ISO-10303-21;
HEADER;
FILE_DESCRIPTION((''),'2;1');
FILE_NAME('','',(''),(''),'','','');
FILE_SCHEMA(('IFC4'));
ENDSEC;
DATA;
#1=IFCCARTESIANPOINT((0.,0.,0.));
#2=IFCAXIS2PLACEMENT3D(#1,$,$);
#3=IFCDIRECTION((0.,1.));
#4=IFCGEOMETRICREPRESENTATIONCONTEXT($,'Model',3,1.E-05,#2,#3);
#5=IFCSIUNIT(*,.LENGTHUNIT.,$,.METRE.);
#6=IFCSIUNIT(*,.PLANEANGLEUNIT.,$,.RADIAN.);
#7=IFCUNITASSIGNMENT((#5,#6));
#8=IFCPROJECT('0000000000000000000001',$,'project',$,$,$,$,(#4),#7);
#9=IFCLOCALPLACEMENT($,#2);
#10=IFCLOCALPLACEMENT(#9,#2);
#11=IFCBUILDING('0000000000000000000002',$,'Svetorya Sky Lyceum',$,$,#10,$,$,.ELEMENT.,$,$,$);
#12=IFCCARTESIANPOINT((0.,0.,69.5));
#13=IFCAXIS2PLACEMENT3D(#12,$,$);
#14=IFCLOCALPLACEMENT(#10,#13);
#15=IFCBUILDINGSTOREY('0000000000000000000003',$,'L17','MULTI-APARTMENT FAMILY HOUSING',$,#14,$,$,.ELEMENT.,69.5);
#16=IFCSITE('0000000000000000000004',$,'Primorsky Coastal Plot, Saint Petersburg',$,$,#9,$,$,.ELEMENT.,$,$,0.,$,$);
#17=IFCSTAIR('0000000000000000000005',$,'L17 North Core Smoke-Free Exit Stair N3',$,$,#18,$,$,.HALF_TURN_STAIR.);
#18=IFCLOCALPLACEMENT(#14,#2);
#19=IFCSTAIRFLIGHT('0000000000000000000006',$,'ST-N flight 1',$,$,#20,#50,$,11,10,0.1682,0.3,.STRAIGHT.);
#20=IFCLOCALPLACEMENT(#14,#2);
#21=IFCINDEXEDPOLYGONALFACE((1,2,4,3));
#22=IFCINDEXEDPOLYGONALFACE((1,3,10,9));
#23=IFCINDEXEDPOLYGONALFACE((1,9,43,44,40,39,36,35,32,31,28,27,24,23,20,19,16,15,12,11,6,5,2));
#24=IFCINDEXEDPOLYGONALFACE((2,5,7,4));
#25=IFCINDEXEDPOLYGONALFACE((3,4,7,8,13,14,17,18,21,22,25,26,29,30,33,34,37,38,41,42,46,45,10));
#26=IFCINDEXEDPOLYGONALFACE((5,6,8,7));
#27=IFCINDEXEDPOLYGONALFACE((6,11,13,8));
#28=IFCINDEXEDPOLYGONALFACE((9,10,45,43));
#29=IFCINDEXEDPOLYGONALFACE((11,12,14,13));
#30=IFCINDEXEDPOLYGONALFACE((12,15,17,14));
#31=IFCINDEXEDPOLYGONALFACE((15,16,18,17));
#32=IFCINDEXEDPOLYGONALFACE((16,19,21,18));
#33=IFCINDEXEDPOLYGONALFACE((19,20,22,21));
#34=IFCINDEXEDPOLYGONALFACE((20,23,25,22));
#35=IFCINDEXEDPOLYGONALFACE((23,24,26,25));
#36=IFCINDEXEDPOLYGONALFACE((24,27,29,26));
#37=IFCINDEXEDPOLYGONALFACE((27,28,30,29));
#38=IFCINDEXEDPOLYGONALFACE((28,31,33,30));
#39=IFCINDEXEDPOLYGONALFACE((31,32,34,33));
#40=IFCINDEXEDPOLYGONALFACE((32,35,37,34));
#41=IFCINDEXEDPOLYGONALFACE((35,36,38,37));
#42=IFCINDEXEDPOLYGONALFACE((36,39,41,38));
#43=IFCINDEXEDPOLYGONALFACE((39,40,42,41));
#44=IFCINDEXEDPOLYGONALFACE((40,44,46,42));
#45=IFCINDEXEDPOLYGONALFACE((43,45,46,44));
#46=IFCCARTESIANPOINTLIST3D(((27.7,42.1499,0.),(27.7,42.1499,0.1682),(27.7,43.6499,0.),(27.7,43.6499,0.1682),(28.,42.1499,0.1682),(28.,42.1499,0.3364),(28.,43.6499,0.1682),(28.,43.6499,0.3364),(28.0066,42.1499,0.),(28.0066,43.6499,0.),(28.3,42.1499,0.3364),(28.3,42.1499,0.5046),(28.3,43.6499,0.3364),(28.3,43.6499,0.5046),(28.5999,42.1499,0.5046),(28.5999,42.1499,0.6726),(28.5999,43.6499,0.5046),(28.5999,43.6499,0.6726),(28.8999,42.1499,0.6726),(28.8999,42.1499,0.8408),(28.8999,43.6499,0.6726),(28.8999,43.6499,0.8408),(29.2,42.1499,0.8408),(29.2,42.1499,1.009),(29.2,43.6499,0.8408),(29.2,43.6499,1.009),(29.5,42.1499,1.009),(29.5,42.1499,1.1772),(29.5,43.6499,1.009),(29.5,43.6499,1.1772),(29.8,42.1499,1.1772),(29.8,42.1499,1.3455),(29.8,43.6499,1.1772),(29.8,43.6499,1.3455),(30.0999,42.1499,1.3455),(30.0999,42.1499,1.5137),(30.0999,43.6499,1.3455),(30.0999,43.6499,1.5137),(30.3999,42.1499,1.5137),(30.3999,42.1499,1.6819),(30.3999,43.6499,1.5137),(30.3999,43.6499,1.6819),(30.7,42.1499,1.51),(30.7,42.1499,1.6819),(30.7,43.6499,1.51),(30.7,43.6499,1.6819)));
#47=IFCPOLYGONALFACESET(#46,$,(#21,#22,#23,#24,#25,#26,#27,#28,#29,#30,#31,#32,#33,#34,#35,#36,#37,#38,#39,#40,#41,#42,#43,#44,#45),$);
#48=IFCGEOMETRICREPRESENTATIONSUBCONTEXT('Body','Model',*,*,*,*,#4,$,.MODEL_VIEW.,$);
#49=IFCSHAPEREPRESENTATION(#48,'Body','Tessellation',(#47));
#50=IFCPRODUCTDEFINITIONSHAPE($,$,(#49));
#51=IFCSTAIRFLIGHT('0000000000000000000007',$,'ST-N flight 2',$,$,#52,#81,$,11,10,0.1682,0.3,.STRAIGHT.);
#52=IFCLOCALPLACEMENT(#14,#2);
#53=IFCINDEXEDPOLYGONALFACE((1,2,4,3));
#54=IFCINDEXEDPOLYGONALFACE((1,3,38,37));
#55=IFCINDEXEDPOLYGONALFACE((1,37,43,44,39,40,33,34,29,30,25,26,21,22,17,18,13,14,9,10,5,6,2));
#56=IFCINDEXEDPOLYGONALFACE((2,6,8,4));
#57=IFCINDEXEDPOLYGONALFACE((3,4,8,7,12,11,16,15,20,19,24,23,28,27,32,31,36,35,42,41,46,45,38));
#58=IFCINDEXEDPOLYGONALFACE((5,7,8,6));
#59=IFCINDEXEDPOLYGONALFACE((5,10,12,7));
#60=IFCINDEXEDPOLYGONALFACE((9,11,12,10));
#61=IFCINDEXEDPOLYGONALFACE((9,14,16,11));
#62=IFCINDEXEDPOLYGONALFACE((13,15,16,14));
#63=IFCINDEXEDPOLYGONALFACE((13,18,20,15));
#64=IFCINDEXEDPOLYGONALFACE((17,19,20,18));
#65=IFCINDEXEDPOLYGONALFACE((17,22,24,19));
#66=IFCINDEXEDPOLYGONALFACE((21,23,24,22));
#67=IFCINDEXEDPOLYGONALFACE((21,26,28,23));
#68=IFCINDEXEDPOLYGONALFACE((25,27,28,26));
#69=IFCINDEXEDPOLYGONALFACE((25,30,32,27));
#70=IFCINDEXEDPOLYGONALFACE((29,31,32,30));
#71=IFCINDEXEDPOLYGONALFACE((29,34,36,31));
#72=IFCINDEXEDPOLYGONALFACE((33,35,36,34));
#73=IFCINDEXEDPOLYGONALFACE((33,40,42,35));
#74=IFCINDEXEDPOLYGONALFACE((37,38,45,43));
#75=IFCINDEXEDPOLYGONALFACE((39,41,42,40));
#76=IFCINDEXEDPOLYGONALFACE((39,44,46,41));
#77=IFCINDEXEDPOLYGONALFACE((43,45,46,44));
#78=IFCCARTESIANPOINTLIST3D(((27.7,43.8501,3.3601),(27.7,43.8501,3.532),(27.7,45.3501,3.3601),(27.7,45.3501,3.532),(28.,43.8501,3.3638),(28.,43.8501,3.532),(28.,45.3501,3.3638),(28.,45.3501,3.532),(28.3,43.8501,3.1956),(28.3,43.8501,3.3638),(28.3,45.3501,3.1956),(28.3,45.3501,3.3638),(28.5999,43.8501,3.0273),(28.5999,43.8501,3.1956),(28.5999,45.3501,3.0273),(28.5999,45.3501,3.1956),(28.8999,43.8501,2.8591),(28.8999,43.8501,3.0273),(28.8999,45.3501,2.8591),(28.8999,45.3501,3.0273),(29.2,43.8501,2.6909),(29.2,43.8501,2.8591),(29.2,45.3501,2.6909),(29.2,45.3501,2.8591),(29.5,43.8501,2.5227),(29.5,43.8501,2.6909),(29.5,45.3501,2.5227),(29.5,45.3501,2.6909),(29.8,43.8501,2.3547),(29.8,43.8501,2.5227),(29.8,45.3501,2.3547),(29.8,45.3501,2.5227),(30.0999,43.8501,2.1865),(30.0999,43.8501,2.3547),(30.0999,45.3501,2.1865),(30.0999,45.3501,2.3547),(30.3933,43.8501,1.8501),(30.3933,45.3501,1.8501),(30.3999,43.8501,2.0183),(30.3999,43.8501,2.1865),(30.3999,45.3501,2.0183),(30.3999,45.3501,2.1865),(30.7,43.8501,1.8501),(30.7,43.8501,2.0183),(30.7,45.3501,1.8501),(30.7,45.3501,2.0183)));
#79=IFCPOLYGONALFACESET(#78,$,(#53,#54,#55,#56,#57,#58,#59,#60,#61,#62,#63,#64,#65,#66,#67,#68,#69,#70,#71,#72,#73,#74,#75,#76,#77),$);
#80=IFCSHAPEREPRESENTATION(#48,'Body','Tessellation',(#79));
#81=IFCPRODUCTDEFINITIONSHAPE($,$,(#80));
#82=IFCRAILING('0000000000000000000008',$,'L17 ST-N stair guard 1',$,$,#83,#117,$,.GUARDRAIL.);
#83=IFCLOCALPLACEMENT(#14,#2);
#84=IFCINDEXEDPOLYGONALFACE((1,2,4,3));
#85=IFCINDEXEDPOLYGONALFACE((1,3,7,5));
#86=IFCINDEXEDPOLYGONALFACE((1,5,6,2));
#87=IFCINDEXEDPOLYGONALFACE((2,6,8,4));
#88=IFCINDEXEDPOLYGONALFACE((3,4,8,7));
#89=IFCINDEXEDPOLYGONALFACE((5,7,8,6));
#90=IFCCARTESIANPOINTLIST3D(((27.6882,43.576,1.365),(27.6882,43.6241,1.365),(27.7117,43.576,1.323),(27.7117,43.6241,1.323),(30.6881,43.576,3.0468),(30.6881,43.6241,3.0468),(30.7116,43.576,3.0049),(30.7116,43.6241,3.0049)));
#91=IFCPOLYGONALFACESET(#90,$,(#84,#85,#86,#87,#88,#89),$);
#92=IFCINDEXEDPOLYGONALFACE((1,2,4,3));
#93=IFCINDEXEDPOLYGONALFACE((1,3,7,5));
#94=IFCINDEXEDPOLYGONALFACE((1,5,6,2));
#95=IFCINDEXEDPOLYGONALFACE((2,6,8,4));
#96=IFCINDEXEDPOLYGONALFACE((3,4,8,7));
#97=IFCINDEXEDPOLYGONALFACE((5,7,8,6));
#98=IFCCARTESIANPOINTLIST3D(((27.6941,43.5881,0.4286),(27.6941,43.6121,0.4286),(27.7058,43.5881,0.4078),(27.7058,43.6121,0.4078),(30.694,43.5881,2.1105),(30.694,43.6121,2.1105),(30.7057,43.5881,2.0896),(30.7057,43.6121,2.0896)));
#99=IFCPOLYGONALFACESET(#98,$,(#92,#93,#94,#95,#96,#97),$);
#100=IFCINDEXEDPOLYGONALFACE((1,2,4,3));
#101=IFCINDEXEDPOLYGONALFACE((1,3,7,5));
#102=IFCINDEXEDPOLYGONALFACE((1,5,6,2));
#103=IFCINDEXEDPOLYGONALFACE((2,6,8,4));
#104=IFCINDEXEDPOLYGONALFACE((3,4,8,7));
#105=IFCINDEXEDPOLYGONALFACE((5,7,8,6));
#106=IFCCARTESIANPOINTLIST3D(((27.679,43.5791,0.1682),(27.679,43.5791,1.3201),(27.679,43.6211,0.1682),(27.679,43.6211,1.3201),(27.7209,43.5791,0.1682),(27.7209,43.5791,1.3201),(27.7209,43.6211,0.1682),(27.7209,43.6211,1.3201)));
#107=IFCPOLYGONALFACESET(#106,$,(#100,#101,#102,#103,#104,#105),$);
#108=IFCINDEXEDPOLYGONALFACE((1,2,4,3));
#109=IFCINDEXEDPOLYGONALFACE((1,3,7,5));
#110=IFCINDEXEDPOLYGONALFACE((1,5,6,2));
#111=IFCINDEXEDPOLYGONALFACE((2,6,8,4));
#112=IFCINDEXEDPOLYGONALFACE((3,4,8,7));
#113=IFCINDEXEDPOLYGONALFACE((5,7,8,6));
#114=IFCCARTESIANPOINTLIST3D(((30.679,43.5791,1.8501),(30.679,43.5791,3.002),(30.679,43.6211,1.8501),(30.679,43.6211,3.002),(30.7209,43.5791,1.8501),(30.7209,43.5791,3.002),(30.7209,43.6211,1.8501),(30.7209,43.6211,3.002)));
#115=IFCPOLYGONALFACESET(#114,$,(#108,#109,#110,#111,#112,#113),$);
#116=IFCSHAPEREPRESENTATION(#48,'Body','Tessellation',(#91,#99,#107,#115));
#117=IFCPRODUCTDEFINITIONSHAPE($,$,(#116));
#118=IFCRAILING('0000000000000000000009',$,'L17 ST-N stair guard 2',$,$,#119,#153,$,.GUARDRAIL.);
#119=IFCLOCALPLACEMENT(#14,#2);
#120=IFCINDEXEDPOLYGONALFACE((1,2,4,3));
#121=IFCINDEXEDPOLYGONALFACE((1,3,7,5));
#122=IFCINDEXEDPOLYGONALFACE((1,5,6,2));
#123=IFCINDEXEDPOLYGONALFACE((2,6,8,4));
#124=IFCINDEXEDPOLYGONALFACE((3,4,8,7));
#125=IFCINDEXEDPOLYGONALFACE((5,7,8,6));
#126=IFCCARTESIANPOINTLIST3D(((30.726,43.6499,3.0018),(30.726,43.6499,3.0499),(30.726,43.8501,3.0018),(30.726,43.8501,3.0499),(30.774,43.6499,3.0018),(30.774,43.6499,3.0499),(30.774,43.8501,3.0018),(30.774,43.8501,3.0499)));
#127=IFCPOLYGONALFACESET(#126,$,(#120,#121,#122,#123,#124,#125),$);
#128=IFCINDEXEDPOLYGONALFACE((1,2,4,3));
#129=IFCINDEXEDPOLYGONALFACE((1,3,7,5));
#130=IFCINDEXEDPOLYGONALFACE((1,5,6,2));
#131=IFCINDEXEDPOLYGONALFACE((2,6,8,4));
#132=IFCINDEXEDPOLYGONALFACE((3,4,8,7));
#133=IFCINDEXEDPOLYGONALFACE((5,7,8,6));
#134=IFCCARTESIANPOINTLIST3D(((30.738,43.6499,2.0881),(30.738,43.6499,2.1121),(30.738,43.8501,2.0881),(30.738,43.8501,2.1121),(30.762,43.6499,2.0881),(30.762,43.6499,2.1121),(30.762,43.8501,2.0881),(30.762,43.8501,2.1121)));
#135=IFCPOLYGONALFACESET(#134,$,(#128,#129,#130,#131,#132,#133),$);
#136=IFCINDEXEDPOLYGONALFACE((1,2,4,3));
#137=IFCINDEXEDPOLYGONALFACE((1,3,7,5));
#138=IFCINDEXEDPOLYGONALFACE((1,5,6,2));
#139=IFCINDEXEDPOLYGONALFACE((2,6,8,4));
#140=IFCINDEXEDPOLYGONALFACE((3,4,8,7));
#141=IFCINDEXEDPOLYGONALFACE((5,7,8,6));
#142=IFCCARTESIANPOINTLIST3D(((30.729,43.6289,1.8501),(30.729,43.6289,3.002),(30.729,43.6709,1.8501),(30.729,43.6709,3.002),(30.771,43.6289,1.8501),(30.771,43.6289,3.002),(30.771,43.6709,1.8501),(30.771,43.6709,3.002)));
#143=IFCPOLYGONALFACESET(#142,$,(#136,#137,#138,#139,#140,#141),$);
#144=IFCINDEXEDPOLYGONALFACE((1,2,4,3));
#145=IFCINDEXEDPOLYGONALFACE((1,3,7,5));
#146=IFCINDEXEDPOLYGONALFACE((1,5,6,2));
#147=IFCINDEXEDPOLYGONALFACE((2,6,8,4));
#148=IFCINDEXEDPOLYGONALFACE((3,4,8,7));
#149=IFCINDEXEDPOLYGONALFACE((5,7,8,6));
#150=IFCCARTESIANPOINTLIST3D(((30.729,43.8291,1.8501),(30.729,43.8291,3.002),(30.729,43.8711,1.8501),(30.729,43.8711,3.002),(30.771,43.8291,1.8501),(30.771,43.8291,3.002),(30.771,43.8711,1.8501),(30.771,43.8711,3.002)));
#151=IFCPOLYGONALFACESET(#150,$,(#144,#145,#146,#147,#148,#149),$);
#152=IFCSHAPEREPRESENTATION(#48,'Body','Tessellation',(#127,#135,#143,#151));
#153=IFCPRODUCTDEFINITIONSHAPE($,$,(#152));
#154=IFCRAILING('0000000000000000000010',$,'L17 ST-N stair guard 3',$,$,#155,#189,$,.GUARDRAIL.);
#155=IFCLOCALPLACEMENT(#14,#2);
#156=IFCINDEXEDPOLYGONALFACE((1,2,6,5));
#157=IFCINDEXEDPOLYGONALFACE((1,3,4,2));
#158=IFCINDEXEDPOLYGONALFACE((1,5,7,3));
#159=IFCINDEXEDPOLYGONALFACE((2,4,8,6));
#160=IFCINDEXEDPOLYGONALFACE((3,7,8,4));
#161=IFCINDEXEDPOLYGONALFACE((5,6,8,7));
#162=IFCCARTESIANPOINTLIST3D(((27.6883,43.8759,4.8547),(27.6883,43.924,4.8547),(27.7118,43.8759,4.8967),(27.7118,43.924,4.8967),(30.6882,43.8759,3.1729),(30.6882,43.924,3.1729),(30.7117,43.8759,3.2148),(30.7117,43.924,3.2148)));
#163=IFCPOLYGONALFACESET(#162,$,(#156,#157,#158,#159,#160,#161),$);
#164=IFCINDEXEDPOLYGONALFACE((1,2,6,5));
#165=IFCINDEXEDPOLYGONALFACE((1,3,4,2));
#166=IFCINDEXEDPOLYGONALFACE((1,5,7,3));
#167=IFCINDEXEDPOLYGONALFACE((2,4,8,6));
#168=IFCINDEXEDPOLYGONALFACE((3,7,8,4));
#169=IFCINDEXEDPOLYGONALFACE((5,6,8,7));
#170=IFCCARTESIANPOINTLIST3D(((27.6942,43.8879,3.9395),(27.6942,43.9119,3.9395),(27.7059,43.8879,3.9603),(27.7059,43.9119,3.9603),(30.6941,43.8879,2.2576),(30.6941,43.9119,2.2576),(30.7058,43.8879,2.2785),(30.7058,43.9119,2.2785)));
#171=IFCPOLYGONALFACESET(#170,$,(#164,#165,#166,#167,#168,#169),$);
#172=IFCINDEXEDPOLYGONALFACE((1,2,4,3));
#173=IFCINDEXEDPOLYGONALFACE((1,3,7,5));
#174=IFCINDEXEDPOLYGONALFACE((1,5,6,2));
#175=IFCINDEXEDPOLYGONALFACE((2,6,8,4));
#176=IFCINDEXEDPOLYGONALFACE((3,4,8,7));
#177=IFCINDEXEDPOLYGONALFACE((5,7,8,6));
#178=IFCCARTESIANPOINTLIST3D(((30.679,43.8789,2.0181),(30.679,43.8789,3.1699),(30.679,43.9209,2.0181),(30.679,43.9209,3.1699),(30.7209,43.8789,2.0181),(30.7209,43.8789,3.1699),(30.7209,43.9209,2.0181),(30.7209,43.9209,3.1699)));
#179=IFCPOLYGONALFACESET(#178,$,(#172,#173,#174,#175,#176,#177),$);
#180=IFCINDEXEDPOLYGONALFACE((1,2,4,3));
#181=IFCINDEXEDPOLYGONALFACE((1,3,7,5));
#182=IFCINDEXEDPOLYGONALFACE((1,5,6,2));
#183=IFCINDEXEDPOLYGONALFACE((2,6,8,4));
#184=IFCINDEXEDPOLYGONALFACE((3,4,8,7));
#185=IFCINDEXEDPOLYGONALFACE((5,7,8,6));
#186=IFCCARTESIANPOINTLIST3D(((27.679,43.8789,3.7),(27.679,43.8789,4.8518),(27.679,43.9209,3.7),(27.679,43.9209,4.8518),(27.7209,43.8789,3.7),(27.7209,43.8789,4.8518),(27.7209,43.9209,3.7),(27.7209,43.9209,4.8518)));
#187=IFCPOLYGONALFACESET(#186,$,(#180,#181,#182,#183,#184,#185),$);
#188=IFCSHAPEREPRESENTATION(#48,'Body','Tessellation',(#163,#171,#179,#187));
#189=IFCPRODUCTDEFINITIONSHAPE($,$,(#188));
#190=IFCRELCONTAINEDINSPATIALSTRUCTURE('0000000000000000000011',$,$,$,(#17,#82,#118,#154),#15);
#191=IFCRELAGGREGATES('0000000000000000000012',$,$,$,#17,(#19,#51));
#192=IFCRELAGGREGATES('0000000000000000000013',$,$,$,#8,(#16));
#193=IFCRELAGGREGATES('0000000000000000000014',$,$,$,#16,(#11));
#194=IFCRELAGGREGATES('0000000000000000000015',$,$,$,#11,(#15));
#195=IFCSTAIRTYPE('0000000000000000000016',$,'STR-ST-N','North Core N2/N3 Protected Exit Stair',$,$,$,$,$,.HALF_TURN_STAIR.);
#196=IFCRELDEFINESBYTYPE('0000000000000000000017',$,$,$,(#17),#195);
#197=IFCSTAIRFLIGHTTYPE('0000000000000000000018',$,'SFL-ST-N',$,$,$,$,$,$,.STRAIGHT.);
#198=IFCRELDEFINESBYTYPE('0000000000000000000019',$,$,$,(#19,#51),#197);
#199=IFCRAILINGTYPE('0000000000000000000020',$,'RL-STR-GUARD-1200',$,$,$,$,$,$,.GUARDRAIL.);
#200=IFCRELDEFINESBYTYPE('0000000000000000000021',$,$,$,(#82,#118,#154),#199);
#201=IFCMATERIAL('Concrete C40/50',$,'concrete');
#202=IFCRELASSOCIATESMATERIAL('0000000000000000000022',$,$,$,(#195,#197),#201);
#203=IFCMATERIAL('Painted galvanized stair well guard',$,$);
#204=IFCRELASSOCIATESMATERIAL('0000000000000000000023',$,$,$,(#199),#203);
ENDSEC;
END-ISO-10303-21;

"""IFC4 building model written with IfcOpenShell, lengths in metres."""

from ifc_helpers import new_model, si_unit, direction, frame, origin, origin_2d, place, context, subcontext, project, spatial, polyline, rectangle, outline, extrude, material, type_object, element, aggregate, save


model = new_model("IFC4")

# Units and contexts
model_context = context("Model", 3, precision=1e-05, world=origin(), true_north=direction((0.0, 1.0)))
body_context = subcontext(model_context, "Body", "Model", "MODEL_VIEW")
ifc_project = project(units=[si_unit("LENGTHUNIT", "METRE"), si_unit("PLANEANGLEUNIT", "RADIAN")], contexts=[model_context])

# Site, building, storey
site_placement = place(None, origin())
site = spatial("IfcSite", under=ifc_project, at=site_placement, Name="Primorsky Coastal Plot, Saint Petersburg", CompositionType="ELEMENT", RefElevation=0.0)
building_placement = place(site_placement, origin())
building = spatial("IfcBuilding", under=site, at=building_placement, Name="Svetorya Sky Lyceum", CompositionType="ELEMENT")
storey_placement = place(building_placement, frame((0.0, 0.0, 69.5)))
storey = spatial("IfcBuildingStorey", under=building, at=storey_placement, Name="L17", Description="MULTI-APARTMENT FAMILY HOUSING", CompositionType="ELEMENT", Elevation=69.5)

# Shared definitions
ifc_material_1 = material(Name="Concrete C40/50", Category="concrete")

# Stair, stair flights
stair_type = type_object("IfcStairType", Name="STR-ST-N", Description="North Core N2/N3 Protected Exit Stair", PredefinedType="HALF_TURN_STAIR", material=ifc_material_1)
stair_placement = place(storey_placement, origin())
stair = element("IfcStair", 1, at=stair_placement, inside=storey, type_object=stair_type, Name="L17 North Core Smoke-Free Exit Stair N3", PredefinedType="HALF_TURN_STAIR")
stair_flight_type = type_object("IfcStairFlightType", Name="SFL-ST-N", PredefinedType="STRAIGHT", material=ifc_material_1)
stair_flight_1_placement = place(storey_placement, frame((27.7, 42.8999, 0.0), z_axis=(0.0, 0.0, 1.0), x_axis=(1.0, 0.0, 0.0)))
stair_flight_1 = element("IfcStairFlight", 2, at=stair_flight_1_placement, type_object=stair_flight_type, Name="ST-N flight 1", NumberOfRisers=11, NumberOfTreads=10, PredefinedType="STRAIGHT", RiserHeight=0.1682, TreadLength=0.3, context=body_context, shape_type="SweptSolid", body=[
    extrude(outline(polyline([(0.0, 0.0), (0.0, 0.1682), (0.3, 0.1682), (0.3, 0.3364), (0.6001, 0.3364), (0.6001, 0.5046), (0.8999, 0.5046), (0.8999, 0.6726), (1.2, 0.6726), (1.2, 0.8408), (1.5, 0.8408), (1.5, 1.009), (1.8, 1.009), (1.8, 1.1772), (2.1001, 1.1772), (2.1001, 1.3455), (2.3999, 1.3455), (2.3999, 1.5137), (2.7, 1.5137), (2.7, 1.6819), (3.0, 1.6819), (3.0, 1.8501), (3.0, 1.51), (0.3066, 0.0), (0.0, 0.0)])), frame((0.0, 0.75, 0.0), z_axis=(0.0, -1.0, 0.0), x_axis=(1.0, 0.0, 0.0)), (0.0, 0.0, 1.0), 1.5),
])
stair_flight_2_placement = place(storey_placement, frame((30.7, 44.6001, 1.8501), z_axis=(0.0, 0.0, 1.0), x_axis=(-1.0, 0.0, 0.0)))
stair_flight_2 = element("IfcStairFlight", 3, at=stair_flight_2_placement, type_object=stair_flight_type, Name="ST-N flight 2", NumberOfRisers=11, NumberOfTreads=10, PredefinedType="STRAIGHT", RiserHeight=0.1682, TreadLength=0.3, context=body_context, shape_type="SweptSolid", body=[
    extrude(outline(polyline([(0.0, 0.0), (0.0, 0.1682), (0.3, 0.1682), (0.3, 0.3364), (0.6001, 0.3364), (0.6001, 0.5046), (0.8999, 0.5046), (0.8999, 0.6726), (1.2, 0.6726), (1.2, 0.8408), (1.5, 0.8408), (1.5, 1.009), (1.8, 1.009), (1.8, 1.1772), (2.1001, 1.1772), (2.1001, 1.3455), (2.3999, 1.3455), (2.3999, 1.5137), (2.7, 1.5137), (2.7, 1.6819), (3.0, 1.6819), (3.0, 1.8501), (3.0, 1.51), (0.3066, 0.0), (0.0, 0.0)])), frame((0.0, 0.75, 0.0), z_axis=(0.0, -1.0, 0.0), x_axis=(1.0, 0.0, 0.0)), (0.0, 0.0, 1.0), 1.5),
])
aggregate(stair, [stair_flight_1, stair_flight_2])

# Railings
ifc_material_2 = material(Name="Painted galvanized stair well guard")
railing_type_1 = type_object("IfcRailingType", Name="RL-STR-GUARD-1200", PredefinedType="GUARDRAIL", material=ifc_material_2)
railing_1_placement = place(storey_placement, frame((27.7, 43.6001, 0.1682)))
element("IfcRailing", 4, at=railing_1_placement, inside=storey, type_object=railing_type_1, Name="L17 ST-N stair guard 1", PredefinedType="GUARDRAIL", context=body_context, shape_type="SweptSolid", body=[
    extrude(rectangle(XDim=0.0481, YDim=0.0481, at=origin_2d()), frame((0.0, 0.0, 1.1758), z_axis=(0.872272, 0.0, 0.48902), x_axis=(0.0, 1.0, 0.0)), (0.0, 0.0, 1.0), 3.4392),
    extrude(rectangle(XDim=0.0239, YDim=0.0239, at=origin_2d()), frame((0.0, 0.0, 0.25), z_axis=(0.872272, 0.0, 0.48902), x_axis=(0.0, 1.0, 0.0)), (0.0, 0.0, 1.0), 3.4392),
    extrude(rectangle(XDim=0.042, YDim=0.042, at=origin_2d()), origin(), (0.0, 0.0, 1.0), 1.1519),
    extrude(rectangle(XDim=0.042, YDim=0.042, at=origin_2d()), frame((3.0, 0.0, 1.6819)), (0.0, 0.0, 1.0), 1.1519),
])
railing_2_placement = place(storey_placement, frame((30.75, 43.6499, 1.8501)))
element("IfcRailing", 5, at=railing_2_placement, inside=storey, type_object=railing_type_1, Name="L17 ST-N stair guard 2", PredefinedType="GUARDRAIL", context=body_context, shape_type="SweptSolid", body=[
    extrude(rectangle(XDim=0.0481, YDim=0.0481, at=origin_2d()), frame((0.0, 0.0, 1.1758), z_axis=(0.0, 1.0, 0.0), x_axis=(-1.0, 0.0, 0.0)), (0.0, 0.0, 1.0), 0.2002),
    extrude(rectangle(XDim=0.0239, YDim=0.0239, at=origin_2d()), frame((0.0, 0.0, 0.25), z_axis=(0.0, 1.0, 0.0), x_axis=(-1.0, 0.0, 0.0)), (0.0, 0.0, 1.0), 0.2002),
    extrude(rectangle(XDim=0.042, YDim=0.042, at=origin_2d()), origin(), (0.0, 0.0, 1.0), 1.1519),
    extrude(rectangle(XDim=0.042, YDim=0.042, at=origin_2d()), frame((0.0, 0.2002, 0.0)), (0.0, 0.0, 1.0), 1.1519),
])
railing_3_placement = place(storey_placement, frame((30.7, 43.8999, 2.0181)))
element("IfcRailing", 6, at=railing_3_placement, inside=storey, type_object=railing_type_1, Name="L17 ST-N stair guard 3", PredefinedType="GUARDRAIL", context=body_context, shape_type="SweptSolid", body=[
    extrude(rectangle(XDim=0.0481, YDim=0.0481, at=origin_2d()), frame((0.0, 0.0, 1.1758), z_axis=(-0.872272, 0.0, 0.48902), x_axis=(0.0, -1.0, 0.0)), (0.0, 0.0, 1.0), 3.4392),
    extrude(rectangle(XDim=0.0239, YDim=0.0239, at=origin_2d()), frame((0.0, 0.0, 0.25), z_axis=(-0.872272, 0.0, 0.48902), x_axis=(0.0, -1.0, 0.0)), (0.0, 0.0, 1.0), 3.4392),
    extrude(rectangle(XDim=0.042, YDim=0.042, at=origin_2d()), origin(), (0.0, 0.0, 1.0), 1.1519),
    extrude(rectangle(XDim=0.042, YDim=0.042, at=origin_2d()), frame((-3.0, 0.0, 1.6819)), (0.0, 0.0, 1.0), 1.1519),
])

save(model, "model.ifc")
